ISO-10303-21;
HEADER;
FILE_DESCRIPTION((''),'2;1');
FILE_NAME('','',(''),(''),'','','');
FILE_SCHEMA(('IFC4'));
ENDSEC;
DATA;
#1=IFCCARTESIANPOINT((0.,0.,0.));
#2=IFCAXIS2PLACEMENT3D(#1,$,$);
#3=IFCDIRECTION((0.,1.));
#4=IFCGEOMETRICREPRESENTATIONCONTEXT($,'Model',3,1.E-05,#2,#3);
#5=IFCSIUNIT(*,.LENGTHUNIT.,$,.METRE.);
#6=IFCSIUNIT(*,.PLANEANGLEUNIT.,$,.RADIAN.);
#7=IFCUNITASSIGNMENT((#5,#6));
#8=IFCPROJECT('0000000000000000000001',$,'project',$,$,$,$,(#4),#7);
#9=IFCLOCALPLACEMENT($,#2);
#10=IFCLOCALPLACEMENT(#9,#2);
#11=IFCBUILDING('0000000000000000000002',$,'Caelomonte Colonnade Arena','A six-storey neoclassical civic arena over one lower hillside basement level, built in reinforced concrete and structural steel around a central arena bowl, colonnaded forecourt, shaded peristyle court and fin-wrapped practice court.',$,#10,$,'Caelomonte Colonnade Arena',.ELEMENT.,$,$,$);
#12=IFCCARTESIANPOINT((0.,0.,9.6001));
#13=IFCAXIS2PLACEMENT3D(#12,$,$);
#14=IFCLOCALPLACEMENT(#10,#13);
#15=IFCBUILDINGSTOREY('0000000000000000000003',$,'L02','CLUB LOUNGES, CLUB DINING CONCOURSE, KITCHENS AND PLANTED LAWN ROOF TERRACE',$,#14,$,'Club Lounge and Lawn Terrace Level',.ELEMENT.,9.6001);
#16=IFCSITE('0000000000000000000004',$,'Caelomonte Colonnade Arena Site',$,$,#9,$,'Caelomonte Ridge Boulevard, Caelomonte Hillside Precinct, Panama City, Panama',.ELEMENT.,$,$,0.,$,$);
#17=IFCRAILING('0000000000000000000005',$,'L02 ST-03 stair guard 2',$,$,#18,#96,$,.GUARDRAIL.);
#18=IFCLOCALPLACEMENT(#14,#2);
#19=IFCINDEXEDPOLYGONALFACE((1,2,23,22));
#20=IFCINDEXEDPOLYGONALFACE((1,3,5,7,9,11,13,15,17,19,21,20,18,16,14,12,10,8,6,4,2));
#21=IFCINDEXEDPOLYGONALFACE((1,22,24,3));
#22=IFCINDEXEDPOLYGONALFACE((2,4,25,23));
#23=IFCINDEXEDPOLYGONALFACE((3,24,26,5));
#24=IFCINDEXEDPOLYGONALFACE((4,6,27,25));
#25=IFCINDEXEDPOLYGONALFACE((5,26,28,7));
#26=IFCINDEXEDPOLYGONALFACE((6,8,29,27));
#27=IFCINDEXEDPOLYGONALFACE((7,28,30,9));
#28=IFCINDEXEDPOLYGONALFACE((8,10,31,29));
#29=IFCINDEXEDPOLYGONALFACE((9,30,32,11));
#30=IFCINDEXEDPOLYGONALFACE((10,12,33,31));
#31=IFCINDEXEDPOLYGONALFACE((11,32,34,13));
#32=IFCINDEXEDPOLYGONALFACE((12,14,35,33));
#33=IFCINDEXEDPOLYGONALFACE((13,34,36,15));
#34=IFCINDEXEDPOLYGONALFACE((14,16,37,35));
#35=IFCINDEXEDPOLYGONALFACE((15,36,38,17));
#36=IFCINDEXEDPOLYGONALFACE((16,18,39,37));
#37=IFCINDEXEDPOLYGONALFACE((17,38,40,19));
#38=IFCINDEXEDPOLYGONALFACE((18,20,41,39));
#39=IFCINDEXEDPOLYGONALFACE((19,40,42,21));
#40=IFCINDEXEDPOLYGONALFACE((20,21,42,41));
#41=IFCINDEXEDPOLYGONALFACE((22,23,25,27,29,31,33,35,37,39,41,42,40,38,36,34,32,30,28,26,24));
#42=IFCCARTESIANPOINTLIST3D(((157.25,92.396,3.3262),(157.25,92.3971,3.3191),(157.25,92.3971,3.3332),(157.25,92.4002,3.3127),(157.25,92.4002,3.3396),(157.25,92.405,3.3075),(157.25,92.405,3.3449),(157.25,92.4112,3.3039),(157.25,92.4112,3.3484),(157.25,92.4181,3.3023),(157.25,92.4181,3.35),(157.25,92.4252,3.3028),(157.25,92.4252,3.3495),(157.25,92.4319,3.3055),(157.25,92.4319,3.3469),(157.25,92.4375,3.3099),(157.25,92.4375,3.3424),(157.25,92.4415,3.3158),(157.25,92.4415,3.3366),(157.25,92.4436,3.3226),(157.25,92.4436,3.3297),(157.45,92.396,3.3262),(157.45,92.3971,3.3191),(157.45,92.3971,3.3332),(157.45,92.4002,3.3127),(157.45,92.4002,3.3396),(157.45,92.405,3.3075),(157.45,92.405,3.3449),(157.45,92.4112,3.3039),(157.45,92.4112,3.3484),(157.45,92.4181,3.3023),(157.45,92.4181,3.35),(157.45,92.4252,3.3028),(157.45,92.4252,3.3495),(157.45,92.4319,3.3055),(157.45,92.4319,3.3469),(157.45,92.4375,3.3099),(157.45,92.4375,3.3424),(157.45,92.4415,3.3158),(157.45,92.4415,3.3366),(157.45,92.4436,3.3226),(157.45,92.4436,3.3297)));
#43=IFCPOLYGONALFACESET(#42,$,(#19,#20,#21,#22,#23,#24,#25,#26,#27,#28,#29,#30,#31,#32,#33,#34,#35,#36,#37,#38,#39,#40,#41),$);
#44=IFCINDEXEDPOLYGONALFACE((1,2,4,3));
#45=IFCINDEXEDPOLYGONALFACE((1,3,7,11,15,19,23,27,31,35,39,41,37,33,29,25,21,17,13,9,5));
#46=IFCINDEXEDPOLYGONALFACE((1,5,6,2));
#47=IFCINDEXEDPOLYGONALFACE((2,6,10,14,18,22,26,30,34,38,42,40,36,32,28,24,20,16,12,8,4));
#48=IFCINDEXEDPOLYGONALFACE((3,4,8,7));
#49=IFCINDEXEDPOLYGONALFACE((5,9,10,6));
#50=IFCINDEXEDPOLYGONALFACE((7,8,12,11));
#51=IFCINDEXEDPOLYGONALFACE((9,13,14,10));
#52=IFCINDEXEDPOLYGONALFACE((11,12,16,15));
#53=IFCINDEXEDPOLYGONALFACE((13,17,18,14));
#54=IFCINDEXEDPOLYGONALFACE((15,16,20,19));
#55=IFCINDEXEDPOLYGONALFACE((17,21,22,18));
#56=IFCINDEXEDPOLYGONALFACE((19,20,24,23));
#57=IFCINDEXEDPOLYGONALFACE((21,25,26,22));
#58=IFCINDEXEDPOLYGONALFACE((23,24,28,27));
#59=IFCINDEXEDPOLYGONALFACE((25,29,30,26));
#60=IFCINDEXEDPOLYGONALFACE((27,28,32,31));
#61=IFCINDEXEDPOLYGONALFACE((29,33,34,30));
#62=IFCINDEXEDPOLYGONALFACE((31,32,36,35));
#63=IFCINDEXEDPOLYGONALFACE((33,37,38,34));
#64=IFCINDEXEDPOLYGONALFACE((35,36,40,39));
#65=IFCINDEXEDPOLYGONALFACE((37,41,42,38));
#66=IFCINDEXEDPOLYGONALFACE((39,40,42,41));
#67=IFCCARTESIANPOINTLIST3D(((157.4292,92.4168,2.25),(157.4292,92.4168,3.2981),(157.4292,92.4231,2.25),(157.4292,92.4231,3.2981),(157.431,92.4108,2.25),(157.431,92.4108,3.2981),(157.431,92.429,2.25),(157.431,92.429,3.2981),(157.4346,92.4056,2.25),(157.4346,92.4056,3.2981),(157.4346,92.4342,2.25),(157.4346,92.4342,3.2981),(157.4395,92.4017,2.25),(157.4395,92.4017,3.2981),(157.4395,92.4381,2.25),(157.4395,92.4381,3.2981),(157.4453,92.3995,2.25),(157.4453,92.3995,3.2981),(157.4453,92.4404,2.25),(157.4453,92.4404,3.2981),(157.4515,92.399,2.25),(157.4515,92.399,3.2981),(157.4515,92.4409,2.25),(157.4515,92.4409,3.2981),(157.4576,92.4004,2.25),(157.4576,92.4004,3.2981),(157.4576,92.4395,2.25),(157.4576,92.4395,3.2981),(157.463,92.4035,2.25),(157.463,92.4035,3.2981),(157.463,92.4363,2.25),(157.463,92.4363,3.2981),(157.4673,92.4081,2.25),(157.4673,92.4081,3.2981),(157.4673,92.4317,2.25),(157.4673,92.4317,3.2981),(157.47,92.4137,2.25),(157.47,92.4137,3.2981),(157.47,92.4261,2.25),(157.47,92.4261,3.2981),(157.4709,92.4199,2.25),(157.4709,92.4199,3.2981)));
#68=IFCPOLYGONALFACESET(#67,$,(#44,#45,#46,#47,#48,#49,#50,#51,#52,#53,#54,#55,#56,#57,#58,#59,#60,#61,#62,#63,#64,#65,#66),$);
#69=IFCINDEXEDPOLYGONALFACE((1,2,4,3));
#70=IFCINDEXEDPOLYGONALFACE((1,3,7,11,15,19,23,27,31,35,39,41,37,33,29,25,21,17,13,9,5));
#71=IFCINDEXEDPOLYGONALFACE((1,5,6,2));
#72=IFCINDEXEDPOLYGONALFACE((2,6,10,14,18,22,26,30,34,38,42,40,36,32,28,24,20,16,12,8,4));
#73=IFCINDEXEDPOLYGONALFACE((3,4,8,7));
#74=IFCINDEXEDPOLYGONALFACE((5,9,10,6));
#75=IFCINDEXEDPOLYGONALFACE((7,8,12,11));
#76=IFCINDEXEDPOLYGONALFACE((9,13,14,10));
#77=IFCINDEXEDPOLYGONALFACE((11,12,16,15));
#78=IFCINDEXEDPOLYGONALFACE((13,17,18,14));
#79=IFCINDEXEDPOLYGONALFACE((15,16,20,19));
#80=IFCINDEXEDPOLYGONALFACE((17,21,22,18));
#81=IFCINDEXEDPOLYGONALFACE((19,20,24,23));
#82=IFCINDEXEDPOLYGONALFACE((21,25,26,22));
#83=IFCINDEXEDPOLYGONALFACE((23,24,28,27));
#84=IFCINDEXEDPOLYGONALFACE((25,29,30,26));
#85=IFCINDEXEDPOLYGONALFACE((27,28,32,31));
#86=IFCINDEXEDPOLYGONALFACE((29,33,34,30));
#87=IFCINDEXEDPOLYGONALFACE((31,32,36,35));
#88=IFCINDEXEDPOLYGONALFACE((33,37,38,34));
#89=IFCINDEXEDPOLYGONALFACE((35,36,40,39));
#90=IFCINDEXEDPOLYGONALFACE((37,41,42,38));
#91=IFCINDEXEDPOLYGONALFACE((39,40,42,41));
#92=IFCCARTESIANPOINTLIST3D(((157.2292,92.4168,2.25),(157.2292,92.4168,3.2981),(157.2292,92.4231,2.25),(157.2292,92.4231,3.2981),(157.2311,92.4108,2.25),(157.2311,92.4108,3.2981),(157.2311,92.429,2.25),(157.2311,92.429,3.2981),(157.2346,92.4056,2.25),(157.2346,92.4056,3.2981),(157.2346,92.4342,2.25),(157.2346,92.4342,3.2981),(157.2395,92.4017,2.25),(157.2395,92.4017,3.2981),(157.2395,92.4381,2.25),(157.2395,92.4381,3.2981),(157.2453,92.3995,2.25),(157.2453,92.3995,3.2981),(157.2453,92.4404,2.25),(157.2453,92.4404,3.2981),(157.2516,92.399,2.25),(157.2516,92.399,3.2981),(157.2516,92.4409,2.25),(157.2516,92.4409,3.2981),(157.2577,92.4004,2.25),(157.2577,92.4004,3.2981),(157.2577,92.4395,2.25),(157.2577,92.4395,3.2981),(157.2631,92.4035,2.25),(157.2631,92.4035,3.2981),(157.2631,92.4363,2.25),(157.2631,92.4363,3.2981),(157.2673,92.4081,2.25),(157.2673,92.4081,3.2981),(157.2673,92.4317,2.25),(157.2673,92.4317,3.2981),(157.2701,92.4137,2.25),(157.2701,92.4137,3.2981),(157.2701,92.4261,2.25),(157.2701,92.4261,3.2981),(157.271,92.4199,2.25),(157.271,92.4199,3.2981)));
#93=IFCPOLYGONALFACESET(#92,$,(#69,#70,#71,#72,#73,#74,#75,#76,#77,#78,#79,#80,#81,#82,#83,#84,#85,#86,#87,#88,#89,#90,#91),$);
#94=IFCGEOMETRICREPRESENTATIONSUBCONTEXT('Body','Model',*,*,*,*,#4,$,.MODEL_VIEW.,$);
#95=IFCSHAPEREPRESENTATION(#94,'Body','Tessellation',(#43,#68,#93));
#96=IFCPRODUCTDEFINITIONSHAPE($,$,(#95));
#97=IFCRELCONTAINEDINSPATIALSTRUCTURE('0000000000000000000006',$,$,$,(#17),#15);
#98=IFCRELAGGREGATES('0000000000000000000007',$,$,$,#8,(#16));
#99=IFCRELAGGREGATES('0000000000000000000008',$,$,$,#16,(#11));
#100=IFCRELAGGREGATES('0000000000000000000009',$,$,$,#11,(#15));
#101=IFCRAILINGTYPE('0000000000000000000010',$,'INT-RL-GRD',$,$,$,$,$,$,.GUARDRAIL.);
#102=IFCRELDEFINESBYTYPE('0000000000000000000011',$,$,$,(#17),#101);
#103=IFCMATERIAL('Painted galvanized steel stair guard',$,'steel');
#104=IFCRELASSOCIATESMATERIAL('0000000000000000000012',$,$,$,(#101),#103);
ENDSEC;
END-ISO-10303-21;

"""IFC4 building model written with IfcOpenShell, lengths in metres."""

from ifc_helpers import new_model, si_unit, direction, frame, origin, origin_2d, place, context, subcontext, project, spatial, circle, extrude, material, type_object, element, save


model = new_model("IFC4")

# Units and contexts
model_context = context("Model", 3, precision=1e-05, world=origin(), true_north=direction((0.0, 1.0)))
body_context = subcontext(model_context, "Body", "Model", "MODEL_VIEW")
ifc_project = project(units=[si_unit("LENGTHUNIT", "METRE"), si_unit("PLANEANGLEUNIT", "RADIAN")], contexts=[model_context])

# Site, building, storey
site_placement = place(None, origin())
site = spatial("IfcSite", under=ifc_project, at=site_placement, Name="Caelomonte Colonnade Arena Site", LongName="Caelomonte Ridge Boulevard, Caelomonte Hillside Precinct, Panama City, Panama", CompositionType="ELEMENT", RefElevation=0.0)
building_placement = place(site_placement, origin())
building = spatial("IfcBuilding", under=site, at=building_placement, Name="Caelomonte Colonnade Arena", Description="A six-storey neoclassical civic arena over one lower hillside basement level, built in reinforced concrete and structural steel around a central arena bowl, colonnaded forecourt, shaded peristyle court and fin-wrapped practice court.", LongName="Caelomonte Colonnade Arena", CompositionType="ELEMENT")
storey_placement = place(building_placement, frame((0.0, 0.0, 9.6001)))
storey = spatial("IfcBuildingStorey", under=building, at=storey_placement, Name="L02", Description="CLUB LOUNGES, CLUB DINING CONCOURSE, KITCHENS AND PLANTED LAWN ROOF TERRACE", LongName="Club Lounge and Lawn Terrace Level", CompositionType="ELEMENT", Elevation=9.6001)

# Railing
ifc_material_1 = material(Name="Painted galvanized steel stair guard", Category="steel")
railing_type_1 = type_object("IfcRailingType", Name="INT-RL-GRD", PredefinedType="GUARDRAIL", material=ifc_material_1)
railing_1_placement = place(storey_placement, frame((157.45, 92.4199, 2.25)))
element("IfcRailing", 1, at=railing_1_placement, inside=storey, type_object=railing_type_1, Name="L02 ST-03 stair guard 2", PredefinedType="GUARDRAIL", context=body_context, shape_type="SweptSolid", body=[
    extrude(circle(Radius=0.0239, at=origin_2d()), frame((0.0, 0.0, 1.0762), z_axis=(-1.0, 0.0, 0.0), x_axis=(0.0, -1.0, 0.0)), (0.0, 0.0, 1.0), 0.2),
    extrude(circle(Radius=0.021, at=origin_2d()), origin(), (0.0, 0.0, 1.0), 1.0481),
    extrude(circle(Radius=0.021, at=origin_2d()), frame((-0.2, 0.0, 0.0)), (0.0, 0.0, 1.0), 1.0481),
])

save(model, "model.ifc")
